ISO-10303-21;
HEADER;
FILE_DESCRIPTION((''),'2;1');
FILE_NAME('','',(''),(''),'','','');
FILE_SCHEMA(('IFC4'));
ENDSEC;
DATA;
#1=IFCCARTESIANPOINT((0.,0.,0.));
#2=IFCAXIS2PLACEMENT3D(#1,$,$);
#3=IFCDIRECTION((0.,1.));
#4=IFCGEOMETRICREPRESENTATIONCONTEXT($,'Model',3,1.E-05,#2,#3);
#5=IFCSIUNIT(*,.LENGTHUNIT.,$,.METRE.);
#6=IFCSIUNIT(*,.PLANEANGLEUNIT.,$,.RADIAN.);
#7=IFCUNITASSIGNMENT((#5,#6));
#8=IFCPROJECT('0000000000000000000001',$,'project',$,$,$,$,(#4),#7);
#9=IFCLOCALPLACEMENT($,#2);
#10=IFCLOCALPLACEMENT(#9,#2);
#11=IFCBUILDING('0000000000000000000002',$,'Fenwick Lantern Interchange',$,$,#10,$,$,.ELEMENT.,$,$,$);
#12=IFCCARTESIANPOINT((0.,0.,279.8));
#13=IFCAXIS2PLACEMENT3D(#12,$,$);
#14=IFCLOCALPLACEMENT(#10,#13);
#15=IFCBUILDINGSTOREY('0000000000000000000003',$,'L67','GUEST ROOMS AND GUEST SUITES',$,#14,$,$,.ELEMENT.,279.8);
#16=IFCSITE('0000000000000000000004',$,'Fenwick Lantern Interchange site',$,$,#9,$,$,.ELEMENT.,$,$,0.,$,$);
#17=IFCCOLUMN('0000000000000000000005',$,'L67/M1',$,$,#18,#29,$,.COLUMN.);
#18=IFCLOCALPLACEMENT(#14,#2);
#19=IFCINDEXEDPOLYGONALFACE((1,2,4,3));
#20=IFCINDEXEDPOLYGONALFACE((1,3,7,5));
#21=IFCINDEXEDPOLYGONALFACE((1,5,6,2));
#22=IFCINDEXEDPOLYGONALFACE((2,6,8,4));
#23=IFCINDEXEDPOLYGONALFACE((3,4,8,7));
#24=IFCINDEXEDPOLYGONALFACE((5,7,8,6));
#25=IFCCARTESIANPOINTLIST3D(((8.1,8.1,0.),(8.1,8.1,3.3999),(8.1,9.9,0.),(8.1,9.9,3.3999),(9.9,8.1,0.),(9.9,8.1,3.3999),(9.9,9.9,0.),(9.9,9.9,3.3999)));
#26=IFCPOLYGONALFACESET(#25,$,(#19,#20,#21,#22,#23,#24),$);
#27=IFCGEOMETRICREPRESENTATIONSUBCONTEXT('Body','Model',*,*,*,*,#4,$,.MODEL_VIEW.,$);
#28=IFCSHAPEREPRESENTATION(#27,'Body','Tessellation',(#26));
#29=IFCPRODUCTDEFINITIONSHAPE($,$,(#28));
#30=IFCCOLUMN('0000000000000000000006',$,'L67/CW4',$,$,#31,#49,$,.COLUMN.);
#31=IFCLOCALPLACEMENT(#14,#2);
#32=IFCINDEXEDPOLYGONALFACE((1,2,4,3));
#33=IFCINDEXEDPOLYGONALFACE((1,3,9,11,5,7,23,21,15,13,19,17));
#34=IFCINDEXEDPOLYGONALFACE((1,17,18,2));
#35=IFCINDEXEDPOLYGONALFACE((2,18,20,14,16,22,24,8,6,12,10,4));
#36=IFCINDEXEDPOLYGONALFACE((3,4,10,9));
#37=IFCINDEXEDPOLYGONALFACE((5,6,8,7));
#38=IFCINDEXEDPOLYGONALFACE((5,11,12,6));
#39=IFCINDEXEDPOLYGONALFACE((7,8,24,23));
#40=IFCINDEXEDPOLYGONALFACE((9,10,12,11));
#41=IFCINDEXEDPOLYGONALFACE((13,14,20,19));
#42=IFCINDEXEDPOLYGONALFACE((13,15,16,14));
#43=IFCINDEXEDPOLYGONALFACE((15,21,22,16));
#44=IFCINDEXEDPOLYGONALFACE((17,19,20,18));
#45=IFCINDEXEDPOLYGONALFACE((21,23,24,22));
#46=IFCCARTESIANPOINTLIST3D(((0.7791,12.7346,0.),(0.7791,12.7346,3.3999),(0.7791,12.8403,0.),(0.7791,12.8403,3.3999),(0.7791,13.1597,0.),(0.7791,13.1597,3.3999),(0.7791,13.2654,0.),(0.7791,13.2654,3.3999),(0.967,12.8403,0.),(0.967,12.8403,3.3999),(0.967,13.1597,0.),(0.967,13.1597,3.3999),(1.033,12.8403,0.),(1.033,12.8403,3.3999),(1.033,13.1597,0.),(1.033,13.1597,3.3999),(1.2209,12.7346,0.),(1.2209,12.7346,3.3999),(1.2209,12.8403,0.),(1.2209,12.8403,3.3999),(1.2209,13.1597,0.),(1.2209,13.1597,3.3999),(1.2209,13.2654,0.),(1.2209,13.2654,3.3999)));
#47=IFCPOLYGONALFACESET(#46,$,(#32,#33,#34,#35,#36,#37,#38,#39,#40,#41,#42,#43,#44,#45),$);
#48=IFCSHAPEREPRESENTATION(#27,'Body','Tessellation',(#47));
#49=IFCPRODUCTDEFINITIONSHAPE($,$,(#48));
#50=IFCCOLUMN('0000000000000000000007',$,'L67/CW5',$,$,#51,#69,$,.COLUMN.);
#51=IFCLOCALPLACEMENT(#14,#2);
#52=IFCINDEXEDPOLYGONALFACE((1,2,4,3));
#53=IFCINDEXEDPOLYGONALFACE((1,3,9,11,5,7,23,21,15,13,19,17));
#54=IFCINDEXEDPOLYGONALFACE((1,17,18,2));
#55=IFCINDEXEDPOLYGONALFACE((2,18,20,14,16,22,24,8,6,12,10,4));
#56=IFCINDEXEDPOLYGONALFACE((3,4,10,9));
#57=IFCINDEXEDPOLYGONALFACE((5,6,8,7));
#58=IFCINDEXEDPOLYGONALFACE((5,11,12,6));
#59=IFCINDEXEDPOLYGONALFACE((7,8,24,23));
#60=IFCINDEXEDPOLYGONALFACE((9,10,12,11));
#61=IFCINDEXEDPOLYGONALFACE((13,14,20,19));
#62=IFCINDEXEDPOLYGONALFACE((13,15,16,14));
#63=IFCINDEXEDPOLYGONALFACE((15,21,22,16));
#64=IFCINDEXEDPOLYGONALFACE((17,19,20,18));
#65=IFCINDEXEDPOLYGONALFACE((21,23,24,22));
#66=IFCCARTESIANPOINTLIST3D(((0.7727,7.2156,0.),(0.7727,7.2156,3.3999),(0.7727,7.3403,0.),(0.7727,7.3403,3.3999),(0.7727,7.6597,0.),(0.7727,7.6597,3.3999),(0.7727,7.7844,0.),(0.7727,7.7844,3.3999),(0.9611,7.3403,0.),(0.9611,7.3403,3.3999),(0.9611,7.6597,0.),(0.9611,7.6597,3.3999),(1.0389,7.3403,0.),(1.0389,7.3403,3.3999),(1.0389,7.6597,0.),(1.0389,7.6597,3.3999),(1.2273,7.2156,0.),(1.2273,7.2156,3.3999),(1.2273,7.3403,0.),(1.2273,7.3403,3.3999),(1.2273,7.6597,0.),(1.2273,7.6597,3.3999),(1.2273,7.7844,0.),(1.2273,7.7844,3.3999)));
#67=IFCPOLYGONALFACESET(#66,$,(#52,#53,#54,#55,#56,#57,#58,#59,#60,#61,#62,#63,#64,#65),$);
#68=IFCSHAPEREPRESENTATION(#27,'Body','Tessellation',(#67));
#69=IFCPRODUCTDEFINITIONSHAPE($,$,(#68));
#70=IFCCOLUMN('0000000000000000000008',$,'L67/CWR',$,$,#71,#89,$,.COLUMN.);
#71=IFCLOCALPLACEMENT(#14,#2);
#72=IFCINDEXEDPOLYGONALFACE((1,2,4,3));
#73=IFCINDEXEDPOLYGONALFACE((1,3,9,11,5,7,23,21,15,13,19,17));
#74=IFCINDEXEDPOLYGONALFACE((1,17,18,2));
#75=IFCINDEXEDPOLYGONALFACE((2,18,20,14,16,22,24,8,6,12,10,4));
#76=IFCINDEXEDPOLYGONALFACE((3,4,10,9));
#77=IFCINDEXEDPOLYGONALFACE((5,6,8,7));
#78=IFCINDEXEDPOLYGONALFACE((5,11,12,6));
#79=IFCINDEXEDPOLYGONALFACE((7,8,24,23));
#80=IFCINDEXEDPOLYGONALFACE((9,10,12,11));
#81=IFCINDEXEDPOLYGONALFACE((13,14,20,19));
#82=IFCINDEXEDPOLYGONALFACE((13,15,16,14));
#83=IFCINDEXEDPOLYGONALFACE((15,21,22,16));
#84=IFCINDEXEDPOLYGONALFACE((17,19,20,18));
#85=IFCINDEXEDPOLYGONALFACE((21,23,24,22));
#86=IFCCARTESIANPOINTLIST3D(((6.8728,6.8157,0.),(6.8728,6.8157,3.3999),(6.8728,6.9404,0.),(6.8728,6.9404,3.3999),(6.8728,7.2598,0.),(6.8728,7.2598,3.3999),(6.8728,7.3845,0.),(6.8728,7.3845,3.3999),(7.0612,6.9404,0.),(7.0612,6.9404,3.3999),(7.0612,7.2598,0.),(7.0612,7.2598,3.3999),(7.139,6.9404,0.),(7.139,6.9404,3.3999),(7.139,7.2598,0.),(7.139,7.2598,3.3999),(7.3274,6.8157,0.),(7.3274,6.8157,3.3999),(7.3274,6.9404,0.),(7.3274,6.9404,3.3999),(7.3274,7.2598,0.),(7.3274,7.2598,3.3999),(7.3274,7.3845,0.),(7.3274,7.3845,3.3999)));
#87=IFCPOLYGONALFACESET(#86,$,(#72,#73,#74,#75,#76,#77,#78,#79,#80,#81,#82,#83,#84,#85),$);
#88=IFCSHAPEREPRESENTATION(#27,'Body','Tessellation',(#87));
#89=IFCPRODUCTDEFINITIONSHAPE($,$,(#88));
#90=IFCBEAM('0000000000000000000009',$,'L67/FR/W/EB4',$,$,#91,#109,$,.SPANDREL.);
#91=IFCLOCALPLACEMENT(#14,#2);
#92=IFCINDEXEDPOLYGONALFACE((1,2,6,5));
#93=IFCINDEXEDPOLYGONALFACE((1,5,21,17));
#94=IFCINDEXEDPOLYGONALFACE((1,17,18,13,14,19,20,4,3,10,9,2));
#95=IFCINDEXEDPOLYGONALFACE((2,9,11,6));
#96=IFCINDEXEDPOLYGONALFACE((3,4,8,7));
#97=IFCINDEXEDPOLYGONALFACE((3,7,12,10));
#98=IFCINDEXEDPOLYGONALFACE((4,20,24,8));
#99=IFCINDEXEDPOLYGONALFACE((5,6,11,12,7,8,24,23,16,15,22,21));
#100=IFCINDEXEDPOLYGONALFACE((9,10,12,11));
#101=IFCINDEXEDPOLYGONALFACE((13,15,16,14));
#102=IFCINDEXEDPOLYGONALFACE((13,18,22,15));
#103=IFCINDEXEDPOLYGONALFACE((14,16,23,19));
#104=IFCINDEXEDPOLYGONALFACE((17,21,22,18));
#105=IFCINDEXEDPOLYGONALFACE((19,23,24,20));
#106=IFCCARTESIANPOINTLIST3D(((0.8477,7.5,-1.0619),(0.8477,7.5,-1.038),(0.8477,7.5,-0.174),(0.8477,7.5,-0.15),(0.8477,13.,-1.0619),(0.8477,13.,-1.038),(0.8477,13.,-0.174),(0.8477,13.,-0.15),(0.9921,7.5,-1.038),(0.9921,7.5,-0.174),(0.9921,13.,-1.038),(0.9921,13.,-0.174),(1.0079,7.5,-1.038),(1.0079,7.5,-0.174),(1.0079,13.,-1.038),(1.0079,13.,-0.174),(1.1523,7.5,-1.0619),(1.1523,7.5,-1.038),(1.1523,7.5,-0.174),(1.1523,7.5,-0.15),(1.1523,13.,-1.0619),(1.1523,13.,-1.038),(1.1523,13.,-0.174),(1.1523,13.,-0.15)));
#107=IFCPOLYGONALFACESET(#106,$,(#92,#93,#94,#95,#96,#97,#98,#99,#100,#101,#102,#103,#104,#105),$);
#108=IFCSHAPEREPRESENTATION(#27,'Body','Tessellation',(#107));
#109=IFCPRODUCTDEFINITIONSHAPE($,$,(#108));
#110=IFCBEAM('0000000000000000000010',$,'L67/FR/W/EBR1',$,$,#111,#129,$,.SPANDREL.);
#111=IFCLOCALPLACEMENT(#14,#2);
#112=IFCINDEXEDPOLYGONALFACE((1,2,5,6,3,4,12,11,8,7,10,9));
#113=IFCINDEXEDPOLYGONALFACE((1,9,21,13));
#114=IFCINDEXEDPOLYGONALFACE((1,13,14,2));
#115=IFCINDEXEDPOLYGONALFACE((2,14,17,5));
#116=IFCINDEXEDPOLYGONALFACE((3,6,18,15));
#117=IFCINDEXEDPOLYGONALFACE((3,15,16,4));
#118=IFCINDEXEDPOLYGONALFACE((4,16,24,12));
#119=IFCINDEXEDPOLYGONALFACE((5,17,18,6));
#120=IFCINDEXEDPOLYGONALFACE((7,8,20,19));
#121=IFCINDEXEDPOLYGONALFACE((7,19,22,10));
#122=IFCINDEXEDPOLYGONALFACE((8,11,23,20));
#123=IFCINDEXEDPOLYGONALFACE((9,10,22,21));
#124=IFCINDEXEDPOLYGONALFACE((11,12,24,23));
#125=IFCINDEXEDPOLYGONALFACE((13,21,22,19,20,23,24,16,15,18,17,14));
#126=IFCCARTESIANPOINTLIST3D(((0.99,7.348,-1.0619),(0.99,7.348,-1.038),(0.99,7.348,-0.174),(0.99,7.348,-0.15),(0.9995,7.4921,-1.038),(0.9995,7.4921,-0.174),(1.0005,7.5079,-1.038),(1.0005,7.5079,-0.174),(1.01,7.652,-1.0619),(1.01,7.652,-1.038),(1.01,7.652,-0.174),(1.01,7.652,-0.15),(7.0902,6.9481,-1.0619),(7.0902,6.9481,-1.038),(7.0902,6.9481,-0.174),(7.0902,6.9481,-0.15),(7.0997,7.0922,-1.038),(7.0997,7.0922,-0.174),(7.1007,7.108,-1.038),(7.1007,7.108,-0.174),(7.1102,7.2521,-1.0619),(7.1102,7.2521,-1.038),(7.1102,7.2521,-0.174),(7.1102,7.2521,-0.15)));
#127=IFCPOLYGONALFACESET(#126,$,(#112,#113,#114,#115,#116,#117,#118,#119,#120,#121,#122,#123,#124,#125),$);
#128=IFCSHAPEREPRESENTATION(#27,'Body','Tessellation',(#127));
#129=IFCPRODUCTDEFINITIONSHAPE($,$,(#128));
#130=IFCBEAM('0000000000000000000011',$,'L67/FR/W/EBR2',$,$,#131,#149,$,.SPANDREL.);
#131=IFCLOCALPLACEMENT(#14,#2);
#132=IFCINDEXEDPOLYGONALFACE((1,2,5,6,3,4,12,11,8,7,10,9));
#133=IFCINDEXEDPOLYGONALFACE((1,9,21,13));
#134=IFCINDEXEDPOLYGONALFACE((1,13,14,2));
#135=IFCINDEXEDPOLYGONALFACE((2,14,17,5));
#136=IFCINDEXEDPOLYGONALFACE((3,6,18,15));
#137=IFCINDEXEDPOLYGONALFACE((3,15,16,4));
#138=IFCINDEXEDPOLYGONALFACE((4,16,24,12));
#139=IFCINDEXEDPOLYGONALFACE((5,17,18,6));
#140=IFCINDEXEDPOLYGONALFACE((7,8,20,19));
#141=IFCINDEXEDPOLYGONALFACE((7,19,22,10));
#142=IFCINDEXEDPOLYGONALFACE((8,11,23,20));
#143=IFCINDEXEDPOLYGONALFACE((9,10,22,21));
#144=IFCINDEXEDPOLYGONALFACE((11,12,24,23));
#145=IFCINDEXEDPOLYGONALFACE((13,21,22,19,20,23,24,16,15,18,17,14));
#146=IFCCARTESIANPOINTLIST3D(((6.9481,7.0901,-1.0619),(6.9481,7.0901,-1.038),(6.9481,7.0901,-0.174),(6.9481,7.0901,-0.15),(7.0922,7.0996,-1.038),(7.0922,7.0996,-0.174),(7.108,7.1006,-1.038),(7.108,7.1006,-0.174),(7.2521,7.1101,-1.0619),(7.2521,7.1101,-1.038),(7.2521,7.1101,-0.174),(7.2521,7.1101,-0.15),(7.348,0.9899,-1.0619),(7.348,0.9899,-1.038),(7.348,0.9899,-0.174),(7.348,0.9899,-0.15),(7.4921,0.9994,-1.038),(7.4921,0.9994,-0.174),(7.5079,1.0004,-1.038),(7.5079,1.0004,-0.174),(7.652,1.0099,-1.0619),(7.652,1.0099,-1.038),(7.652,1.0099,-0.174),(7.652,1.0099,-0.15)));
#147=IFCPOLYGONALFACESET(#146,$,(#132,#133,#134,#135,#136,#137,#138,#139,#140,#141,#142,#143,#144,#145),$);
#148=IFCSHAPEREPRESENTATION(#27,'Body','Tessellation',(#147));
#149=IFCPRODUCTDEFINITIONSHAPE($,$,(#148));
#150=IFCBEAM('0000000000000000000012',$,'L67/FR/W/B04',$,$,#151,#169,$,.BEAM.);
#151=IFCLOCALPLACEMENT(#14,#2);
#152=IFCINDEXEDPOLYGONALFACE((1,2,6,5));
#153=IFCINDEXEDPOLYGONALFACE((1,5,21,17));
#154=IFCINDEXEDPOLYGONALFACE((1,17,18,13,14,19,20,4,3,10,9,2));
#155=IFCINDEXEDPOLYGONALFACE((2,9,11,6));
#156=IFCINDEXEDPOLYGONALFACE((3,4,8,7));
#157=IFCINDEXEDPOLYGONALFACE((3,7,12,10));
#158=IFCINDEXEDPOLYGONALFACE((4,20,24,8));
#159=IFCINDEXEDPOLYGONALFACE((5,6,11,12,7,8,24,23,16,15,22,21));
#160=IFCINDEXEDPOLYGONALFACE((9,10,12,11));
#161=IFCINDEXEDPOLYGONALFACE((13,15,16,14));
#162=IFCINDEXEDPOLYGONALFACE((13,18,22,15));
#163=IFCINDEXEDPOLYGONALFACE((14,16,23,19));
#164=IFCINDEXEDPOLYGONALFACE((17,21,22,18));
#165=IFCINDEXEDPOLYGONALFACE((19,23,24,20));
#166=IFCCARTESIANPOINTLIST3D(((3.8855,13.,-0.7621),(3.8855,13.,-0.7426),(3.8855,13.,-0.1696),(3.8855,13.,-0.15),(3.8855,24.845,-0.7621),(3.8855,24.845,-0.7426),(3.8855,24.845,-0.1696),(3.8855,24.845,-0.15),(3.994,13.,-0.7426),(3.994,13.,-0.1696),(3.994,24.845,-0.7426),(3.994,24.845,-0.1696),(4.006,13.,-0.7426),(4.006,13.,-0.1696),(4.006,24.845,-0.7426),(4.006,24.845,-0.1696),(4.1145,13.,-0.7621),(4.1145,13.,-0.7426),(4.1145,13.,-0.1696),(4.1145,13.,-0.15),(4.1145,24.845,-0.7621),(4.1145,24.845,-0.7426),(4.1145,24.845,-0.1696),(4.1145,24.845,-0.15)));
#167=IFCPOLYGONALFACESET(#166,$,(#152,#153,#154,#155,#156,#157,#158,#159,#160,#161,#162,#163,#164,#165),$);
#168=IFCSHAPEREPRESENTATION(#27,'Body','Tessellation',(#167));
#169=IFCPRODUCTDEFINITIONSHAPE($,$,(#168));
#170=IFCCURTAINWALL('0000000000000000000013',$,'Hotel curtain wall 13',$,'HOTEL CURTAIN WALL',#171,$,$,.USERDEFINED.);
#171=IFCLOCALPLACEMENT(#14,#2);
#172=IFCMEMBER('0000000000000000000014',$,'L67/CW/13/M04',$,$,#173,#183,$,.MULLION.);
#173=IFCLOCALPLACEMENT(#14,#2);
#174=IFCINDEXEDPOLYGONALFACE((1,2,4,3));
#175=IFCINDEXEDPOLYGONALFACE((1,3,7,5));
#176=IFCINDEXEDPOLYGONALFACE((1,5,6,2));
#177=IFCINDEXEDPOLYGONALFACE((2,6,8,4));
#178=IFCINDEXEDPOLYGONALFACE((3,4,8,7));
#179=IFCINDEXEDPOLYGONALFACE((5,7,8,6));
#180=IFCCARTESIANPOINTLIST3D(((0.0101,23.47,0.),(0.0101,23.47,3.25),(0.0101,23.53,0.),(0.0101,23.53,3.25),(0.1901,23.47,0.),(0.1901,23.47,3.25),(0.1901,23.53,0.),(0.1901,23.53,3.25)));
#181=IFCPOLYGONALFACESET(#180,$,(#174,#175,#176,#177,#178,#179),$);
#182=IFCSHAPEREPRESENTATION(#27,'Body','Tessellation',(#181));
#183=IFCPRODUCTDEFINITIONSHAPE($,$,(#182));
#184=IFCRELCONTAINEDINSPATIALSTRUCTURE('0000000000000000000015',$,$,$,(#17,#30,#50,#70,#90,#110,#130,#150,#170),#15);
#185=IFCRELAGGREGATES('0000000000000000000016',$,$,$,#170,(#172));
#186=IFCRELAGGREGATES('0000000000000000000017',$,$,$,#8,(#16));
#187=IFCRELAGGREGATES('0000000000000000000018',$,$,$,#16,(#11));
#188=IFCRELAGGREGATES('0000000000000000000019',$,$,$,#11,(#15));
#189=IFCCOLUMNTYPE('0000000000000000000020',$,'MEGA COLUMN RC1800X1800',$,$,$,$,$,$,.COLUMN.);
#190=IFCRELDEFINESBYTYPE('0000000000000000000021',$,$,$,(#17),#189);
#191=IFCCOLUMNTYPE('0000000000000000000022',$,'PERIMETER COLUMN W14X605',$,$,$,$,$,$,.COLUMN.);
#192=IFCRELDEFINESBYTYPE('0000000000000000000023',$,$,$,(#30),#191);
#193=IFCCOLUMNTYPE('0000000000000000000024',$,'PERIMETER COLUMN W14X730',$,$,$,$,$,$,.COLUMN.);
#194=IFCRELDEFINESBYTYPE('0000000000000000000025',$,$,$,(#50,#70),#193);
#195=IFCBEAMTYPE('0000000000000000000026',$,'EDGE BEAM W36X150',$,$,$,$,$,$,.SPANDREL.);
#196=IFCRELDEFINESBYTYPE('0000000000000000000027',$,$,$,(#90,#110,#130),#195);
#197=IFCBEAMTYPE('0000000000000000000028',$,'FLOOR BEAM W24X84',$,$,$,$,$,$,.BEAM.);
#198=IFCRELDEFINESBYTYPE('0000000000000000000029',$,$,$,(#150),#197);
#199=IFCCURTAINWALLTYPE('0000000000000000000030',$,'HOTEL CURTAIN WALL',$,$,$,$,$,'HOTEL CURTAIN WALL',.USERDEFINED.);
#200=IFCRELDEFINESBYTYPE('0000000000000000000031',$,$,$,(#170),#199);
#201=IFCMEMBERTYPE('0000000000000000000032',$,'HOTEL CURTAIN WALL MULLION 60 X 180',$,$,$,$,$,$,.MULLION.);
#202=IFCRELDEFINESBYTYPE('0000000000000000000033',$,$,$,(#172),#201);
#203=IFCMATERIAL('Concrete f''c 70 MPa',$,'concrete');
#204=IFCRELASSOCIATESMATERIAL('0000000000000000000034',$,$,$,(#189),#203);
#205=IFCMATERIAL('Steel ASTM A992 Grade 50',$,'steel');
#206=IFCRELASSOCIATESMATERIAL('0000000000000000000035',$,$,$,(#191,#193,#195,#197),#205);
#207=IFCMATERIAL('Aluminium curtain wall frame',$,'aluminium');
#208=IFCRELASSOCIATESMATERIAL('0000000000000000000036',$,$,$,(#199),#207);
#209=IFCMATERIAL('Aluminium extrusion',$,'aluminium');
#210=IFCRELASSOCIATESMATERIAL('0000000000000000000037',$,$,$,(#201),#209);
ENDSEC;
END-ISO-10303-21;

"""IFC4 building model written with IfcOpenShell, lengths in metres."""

from ifc_helpers import new_model, si_unit, direction, frame, origin, origin_2d, place, context, subcontext, project, spatial, rectangle, i_section, extrude, material, material_profile, profile_set, type_object, element, aggregate, save


model = new_model("IFC4")

# Units and contexts
model_context = context("Model", 3, precision=1e-05, world=origin(), true_north=direction((0.0, 1.0)))
body_context = subcontext(model_context, "Body", "Model", "MODEL_VIEW")
ifc_project = project(units=[si_unit("LENGTHUNIT", "METRE"), si_unit("PLANEANGLEUNIT", "RADIAN")], contexts=[model_context])

# Site, building, storey
site_placement = place(None, origin())
site = spatial("IfcSite", under=ifc_project, at=site_placement, Name="Fenwick Lantern Interchange site", CompositionType="ELEMENT", RefElevation=0.0)
building_placement = place(site_placement, origin())
building = spatial("IfcBuilding", under=site, at=building_placement, Name="Fenwick Lantern Interchange", CompositionType="ELEMENT")
storey_placement = place(building_placement, frame((0.0, 0.0, 279.8)))
storey = spatial("IfcBuildingStorey", under=building, at=storey_placement, Name="L67", Description="GUEST ROOMS AND GUEST SUITES", CompositionType="ELEMENT", Elevation=279.8)

# Columns
ifc_material_1 = material(Name="Concrete f'c 70 MPa", Category="concrete")
ifc_material_profile_1 = material_profile(ifc_material_1, rectangle(XDim=1.8, YDim=1.8, at=origin_2d()), Name="RC1800X1800")
ifc_profile_set_1 = profile_set([ifc_material_profile_1], Name="Concrete f'c 70 MPa")
column_type_1 = type_object("IfcColumnType", Name="MEGA COLUMN RC1800X1800", PredefinedType="COLUMN", material=ifc_profile_set_1)
column_1_placement = place(storey_placement, frame((9.0, 9.0, 0.0), z_axis=(0.0, 0.0, 1.0), x_axis=(1.0, 0.0, 0.0)))
element("IfcColumn", 1, at=column_1_placement, inside=storey, type_object=column_type_1, Name="L67/M1", PredefinedType="COLUMN", context=body_context, shape_type="SweptSolid", body=[
    extrude(rectangle(XDim=1.8, YDim=1.8, at=origin_2d()), origin(), (0.0, 0.0, 1.0), 3.3999),
])
ifc_material_2 = material(Name="Steel ASTM A992 Grade 50", Category="steel")
ifc_material_profile_2 = material_profile(ifc_material_2, i_section(OverallWidth=0.4419, OverallDepth=0.5308, WebThickness=0.0659, FlangeThickness=0.1057, at=origin_2d()), Name="W14X605")
ifc_profile_set_2 = profile_set([ifc_material_profile_2], Name="Steel ASTM A992 Grade 50")
column_type_2 = type_object("IfcColumnType", Name="PERIMETER COLUMN W14X605", PredefinedType="COLUMN", material=ifc_profile_set_2)
column_2_placement = place(storey_placement, frame((1.0, 13.0, 0.0), z_axis=(0.0, 0.0, 1.0), x_axis=(1.0, 0.0, 0.0)))
element("IfcColumn", 2, at=column_2_placement, inside=storey, type_object=column_type_2, Name="L67/CW4", PredefinedType="COLUMN", context=body_context, shape_type="SweptSolid", body=[
    extrude(i_section(OverallWidth=0.4419, OverallDepth=0.5308, WebThickness=0.0659, FlangeThickness=0.1057, at=origin_2d()), origin(), (0.0, 0.0, 1.0), 3.3999),
])
ifc_material_profile_3 = material_profile(ifc_material_2, i_section(OverallWidth=0.4546, OverallDepth=0.5688, WebThickness=0.0779, FlangeThickness=0.1248, at=origin_2d()), Name="W14X730")
ifc_profile_set_3 = profile_set([ifc_material_profile_3], Name="Steel ASTM A992 Grade 50")
column_type_3 = type_object("IfcColumnType", Name="PERIMETER COLUMN W14X730", PredefinedType="COLUMN", material=ifc_profile_set_3)
for number, where, z_axis, x_axis, name in (
    (3, (1.0, 7.5, 0.0), (0.0, 0.0, 1.0), (1.0, 0.0, 0.0), "L67/CW5"),
    (4, (7.1001, 7.1001, 0.0), (0.0, 0.0, 1.0), (1.0, 0.0, 0.0), "L67/CWR"),
):
    element("IfcColumn", number, at=place(storey_placement, frame(where, z_axis=z_axis, x_axis=x_axis)), inside=storey, type_object=column_type_3, Name=name, PredefinedType="COLUMN", context=body_context, shape_type="SweptSolid", body=[
        extrude(i_section(OverallWidth=0.4546, OverallDepth=0.5688, WebThickness=0.0779, FlangeThickness=0.1248, at=origin_2d()), origin(), (0.0, 0.0, 1.0), 3.3999),
    ])

# Beams
ifc_material_profile_4 = material_profile(ifc_material_2, i_section(OverallWidth=0.3047, OverallDepth=0.9119, WebThickness=0.0159, FlangeThickness=0.0239, at=origin_2d()), Name="W36X150")
ifc_profile_set_4 = profile_set([ifc_material_profile_4], Name="Steel ASTM A992 Grade 50")
beam_type_1 = type_object("IfcBeamType", Name="EDGE BEAM W36X150", PredefinedType="SPANDREL", material=ifc_profile_set_4)
beam_1_placement = place(storey_placement, frame((1.0, 13.0, -0.606), z_axis=(0.0, -1.0, 0.0), x_axis=(1.0, 0.0, 0.0)))
element("IfcBeam", 5, at=beam_1_placement, inside=storey, type_object=beam_type_1, Name="L67/FR/W/EB4", PredefinedType="SPANDREL", context=body_context, shape_type="SweptSolid", body=[
    extrude(i_section(OverallWidth=0.3047, OverallDepth=0.9119, WebThickness=0.0159, FlangeThickness=0.0239, at=origin_2d()), origin(), (0.0, 0.0, 1.0), 5.5),
])
for number, where, z_axis, x_axis, name in (
    (6, (1.0, 7.5, -0.606), (0.997858, -0.065416, 0.0), (0.065416, 0.997858, 0.0), "L67/FR/W/EBR1"),
    (7, (7.1001, 7.1001, -0.606), (0.065416, -0.997858, 0.0), (0.997858, 0.065416, 0.0), "L67/FR/W/EBR2"),
):
    element("IfcBeam", number, at=place(storey_placement, frame(where, z_axis=z_axis, x_axis=x_axis)), inside=storey, type_object=beam_type_1, Name=name, PredefinedType="SPANDREL", context=body_context, shape_type="SweptSolid", body=[
        extrude(i_section(OverallWidth=0.3047, OverallDepth=0.9119, WebThickness=0.0159, FlangeThickness=0.0239, at=origin_2d()), origin(), (0.0, 0.0, 1.0), 6.1133),
    ])
ifc_material_profile_5 = material_profile(ifc_material_2, i_section(OverallWidth=0.229, OverallDepth=0.6121, WebThickness=0.012, FlangeThickness=0.0195, at=origin_2d()), Name="W24X84")
ifc_profile_set_5 = profile_set([ifc_material_profile_5], Name="Steel ASTM A992 Grade 50")
beam_type_2 = type_object("IfcBeamType", Name="FLOOR BEAM W24X84", PredefinedType="BEAM", material=ifc_profile_set_5)
beam_2_placement = place(storey_placement, frame((4.0, 24.845, -0.4561), z_axis=(0.0, -1.0, 0.0), x_axis=(1.0, 0.0, 0.0)))
element("IfcBeam", 8, at=beam_2_placement, inside=storey, type_object=beam_type_2, Name="L67/FR/W/B04", PredefinedType="BEAM", context=body_context, shape_type="SweptSolid", body=[
    extrude(i_section(OverallWidth=0.229, OverallDepth=0.6121, WebThickness=0.012, FlangeThickness=0.0195, at=origin_2d()), origin(), (0.0, 0.0, 1.0), 11.845),
])

# Curtain wall, member
ifc_material_3 = material(Name="Aluminium curtain wall frame", Category="aluminium")
curtain_wall_type = type_object("IfcCurtainWallType", Name="HOTEL CURTAIN WALL", ElementType="HOTEL CURTAIN WALL", PredefinedType="USERDEFINED", material=ifc_material_3)
curtain_wall_1_placement = place(storey_placement, origin())
curtain_wall_1 = element("IfcCurtainWall", 9, at=curtain_wall_1_placement, inside=storey, type_object=curtain_wall_type, Name="Hotel curtain wall 13", ObjectType="HOTEL CURTAIN WALL", PredefinedType="USERDEFINED")
ifc_material_4 = material(Name="Aluminium extrusion", Category="aluminium")
ifc_material_profile_6 = material_profile(ifc_material_4, rectangle(XDim=0.1799, YDim=0.0601, at=origin_2d()), Name="HOTEL CURTAIN WALL MULLION 60 X 180")
ifc_profile_set_6 = profile_set([ifc_material_profile_6], Name="Aluminium extrusion")
member_type_1 = type_object("IfcMemberType", Name="HOTEL CURTAIN WALL MULLION 60 X 180", PredefinedType="MULLION", material=ifc_profile_set_6)
member_1_placement = place(storey_placement, frame((0.1001, 23.5, 0.0), z_axis=(0.0, 0.0, 1.0), x_axis=(1.0, 0.0, 0.0)))
member_1 = element("IfcMember", 10, at=member_1_placement, type_object=member_type_1, Name="L67/CW/13/M04", PredefinedType="MULLION", context=body_context, shape_type="SweptSolid", body=[
    extrude(rectangle(XDim=0.1799, YDim=0.0601, at=origin_2d()), origin(), (0.0, 0.0, 1.0), 3.25),
])

aggregate(curtain_wall_1, [member_1])

save(model, "model.ifc")
